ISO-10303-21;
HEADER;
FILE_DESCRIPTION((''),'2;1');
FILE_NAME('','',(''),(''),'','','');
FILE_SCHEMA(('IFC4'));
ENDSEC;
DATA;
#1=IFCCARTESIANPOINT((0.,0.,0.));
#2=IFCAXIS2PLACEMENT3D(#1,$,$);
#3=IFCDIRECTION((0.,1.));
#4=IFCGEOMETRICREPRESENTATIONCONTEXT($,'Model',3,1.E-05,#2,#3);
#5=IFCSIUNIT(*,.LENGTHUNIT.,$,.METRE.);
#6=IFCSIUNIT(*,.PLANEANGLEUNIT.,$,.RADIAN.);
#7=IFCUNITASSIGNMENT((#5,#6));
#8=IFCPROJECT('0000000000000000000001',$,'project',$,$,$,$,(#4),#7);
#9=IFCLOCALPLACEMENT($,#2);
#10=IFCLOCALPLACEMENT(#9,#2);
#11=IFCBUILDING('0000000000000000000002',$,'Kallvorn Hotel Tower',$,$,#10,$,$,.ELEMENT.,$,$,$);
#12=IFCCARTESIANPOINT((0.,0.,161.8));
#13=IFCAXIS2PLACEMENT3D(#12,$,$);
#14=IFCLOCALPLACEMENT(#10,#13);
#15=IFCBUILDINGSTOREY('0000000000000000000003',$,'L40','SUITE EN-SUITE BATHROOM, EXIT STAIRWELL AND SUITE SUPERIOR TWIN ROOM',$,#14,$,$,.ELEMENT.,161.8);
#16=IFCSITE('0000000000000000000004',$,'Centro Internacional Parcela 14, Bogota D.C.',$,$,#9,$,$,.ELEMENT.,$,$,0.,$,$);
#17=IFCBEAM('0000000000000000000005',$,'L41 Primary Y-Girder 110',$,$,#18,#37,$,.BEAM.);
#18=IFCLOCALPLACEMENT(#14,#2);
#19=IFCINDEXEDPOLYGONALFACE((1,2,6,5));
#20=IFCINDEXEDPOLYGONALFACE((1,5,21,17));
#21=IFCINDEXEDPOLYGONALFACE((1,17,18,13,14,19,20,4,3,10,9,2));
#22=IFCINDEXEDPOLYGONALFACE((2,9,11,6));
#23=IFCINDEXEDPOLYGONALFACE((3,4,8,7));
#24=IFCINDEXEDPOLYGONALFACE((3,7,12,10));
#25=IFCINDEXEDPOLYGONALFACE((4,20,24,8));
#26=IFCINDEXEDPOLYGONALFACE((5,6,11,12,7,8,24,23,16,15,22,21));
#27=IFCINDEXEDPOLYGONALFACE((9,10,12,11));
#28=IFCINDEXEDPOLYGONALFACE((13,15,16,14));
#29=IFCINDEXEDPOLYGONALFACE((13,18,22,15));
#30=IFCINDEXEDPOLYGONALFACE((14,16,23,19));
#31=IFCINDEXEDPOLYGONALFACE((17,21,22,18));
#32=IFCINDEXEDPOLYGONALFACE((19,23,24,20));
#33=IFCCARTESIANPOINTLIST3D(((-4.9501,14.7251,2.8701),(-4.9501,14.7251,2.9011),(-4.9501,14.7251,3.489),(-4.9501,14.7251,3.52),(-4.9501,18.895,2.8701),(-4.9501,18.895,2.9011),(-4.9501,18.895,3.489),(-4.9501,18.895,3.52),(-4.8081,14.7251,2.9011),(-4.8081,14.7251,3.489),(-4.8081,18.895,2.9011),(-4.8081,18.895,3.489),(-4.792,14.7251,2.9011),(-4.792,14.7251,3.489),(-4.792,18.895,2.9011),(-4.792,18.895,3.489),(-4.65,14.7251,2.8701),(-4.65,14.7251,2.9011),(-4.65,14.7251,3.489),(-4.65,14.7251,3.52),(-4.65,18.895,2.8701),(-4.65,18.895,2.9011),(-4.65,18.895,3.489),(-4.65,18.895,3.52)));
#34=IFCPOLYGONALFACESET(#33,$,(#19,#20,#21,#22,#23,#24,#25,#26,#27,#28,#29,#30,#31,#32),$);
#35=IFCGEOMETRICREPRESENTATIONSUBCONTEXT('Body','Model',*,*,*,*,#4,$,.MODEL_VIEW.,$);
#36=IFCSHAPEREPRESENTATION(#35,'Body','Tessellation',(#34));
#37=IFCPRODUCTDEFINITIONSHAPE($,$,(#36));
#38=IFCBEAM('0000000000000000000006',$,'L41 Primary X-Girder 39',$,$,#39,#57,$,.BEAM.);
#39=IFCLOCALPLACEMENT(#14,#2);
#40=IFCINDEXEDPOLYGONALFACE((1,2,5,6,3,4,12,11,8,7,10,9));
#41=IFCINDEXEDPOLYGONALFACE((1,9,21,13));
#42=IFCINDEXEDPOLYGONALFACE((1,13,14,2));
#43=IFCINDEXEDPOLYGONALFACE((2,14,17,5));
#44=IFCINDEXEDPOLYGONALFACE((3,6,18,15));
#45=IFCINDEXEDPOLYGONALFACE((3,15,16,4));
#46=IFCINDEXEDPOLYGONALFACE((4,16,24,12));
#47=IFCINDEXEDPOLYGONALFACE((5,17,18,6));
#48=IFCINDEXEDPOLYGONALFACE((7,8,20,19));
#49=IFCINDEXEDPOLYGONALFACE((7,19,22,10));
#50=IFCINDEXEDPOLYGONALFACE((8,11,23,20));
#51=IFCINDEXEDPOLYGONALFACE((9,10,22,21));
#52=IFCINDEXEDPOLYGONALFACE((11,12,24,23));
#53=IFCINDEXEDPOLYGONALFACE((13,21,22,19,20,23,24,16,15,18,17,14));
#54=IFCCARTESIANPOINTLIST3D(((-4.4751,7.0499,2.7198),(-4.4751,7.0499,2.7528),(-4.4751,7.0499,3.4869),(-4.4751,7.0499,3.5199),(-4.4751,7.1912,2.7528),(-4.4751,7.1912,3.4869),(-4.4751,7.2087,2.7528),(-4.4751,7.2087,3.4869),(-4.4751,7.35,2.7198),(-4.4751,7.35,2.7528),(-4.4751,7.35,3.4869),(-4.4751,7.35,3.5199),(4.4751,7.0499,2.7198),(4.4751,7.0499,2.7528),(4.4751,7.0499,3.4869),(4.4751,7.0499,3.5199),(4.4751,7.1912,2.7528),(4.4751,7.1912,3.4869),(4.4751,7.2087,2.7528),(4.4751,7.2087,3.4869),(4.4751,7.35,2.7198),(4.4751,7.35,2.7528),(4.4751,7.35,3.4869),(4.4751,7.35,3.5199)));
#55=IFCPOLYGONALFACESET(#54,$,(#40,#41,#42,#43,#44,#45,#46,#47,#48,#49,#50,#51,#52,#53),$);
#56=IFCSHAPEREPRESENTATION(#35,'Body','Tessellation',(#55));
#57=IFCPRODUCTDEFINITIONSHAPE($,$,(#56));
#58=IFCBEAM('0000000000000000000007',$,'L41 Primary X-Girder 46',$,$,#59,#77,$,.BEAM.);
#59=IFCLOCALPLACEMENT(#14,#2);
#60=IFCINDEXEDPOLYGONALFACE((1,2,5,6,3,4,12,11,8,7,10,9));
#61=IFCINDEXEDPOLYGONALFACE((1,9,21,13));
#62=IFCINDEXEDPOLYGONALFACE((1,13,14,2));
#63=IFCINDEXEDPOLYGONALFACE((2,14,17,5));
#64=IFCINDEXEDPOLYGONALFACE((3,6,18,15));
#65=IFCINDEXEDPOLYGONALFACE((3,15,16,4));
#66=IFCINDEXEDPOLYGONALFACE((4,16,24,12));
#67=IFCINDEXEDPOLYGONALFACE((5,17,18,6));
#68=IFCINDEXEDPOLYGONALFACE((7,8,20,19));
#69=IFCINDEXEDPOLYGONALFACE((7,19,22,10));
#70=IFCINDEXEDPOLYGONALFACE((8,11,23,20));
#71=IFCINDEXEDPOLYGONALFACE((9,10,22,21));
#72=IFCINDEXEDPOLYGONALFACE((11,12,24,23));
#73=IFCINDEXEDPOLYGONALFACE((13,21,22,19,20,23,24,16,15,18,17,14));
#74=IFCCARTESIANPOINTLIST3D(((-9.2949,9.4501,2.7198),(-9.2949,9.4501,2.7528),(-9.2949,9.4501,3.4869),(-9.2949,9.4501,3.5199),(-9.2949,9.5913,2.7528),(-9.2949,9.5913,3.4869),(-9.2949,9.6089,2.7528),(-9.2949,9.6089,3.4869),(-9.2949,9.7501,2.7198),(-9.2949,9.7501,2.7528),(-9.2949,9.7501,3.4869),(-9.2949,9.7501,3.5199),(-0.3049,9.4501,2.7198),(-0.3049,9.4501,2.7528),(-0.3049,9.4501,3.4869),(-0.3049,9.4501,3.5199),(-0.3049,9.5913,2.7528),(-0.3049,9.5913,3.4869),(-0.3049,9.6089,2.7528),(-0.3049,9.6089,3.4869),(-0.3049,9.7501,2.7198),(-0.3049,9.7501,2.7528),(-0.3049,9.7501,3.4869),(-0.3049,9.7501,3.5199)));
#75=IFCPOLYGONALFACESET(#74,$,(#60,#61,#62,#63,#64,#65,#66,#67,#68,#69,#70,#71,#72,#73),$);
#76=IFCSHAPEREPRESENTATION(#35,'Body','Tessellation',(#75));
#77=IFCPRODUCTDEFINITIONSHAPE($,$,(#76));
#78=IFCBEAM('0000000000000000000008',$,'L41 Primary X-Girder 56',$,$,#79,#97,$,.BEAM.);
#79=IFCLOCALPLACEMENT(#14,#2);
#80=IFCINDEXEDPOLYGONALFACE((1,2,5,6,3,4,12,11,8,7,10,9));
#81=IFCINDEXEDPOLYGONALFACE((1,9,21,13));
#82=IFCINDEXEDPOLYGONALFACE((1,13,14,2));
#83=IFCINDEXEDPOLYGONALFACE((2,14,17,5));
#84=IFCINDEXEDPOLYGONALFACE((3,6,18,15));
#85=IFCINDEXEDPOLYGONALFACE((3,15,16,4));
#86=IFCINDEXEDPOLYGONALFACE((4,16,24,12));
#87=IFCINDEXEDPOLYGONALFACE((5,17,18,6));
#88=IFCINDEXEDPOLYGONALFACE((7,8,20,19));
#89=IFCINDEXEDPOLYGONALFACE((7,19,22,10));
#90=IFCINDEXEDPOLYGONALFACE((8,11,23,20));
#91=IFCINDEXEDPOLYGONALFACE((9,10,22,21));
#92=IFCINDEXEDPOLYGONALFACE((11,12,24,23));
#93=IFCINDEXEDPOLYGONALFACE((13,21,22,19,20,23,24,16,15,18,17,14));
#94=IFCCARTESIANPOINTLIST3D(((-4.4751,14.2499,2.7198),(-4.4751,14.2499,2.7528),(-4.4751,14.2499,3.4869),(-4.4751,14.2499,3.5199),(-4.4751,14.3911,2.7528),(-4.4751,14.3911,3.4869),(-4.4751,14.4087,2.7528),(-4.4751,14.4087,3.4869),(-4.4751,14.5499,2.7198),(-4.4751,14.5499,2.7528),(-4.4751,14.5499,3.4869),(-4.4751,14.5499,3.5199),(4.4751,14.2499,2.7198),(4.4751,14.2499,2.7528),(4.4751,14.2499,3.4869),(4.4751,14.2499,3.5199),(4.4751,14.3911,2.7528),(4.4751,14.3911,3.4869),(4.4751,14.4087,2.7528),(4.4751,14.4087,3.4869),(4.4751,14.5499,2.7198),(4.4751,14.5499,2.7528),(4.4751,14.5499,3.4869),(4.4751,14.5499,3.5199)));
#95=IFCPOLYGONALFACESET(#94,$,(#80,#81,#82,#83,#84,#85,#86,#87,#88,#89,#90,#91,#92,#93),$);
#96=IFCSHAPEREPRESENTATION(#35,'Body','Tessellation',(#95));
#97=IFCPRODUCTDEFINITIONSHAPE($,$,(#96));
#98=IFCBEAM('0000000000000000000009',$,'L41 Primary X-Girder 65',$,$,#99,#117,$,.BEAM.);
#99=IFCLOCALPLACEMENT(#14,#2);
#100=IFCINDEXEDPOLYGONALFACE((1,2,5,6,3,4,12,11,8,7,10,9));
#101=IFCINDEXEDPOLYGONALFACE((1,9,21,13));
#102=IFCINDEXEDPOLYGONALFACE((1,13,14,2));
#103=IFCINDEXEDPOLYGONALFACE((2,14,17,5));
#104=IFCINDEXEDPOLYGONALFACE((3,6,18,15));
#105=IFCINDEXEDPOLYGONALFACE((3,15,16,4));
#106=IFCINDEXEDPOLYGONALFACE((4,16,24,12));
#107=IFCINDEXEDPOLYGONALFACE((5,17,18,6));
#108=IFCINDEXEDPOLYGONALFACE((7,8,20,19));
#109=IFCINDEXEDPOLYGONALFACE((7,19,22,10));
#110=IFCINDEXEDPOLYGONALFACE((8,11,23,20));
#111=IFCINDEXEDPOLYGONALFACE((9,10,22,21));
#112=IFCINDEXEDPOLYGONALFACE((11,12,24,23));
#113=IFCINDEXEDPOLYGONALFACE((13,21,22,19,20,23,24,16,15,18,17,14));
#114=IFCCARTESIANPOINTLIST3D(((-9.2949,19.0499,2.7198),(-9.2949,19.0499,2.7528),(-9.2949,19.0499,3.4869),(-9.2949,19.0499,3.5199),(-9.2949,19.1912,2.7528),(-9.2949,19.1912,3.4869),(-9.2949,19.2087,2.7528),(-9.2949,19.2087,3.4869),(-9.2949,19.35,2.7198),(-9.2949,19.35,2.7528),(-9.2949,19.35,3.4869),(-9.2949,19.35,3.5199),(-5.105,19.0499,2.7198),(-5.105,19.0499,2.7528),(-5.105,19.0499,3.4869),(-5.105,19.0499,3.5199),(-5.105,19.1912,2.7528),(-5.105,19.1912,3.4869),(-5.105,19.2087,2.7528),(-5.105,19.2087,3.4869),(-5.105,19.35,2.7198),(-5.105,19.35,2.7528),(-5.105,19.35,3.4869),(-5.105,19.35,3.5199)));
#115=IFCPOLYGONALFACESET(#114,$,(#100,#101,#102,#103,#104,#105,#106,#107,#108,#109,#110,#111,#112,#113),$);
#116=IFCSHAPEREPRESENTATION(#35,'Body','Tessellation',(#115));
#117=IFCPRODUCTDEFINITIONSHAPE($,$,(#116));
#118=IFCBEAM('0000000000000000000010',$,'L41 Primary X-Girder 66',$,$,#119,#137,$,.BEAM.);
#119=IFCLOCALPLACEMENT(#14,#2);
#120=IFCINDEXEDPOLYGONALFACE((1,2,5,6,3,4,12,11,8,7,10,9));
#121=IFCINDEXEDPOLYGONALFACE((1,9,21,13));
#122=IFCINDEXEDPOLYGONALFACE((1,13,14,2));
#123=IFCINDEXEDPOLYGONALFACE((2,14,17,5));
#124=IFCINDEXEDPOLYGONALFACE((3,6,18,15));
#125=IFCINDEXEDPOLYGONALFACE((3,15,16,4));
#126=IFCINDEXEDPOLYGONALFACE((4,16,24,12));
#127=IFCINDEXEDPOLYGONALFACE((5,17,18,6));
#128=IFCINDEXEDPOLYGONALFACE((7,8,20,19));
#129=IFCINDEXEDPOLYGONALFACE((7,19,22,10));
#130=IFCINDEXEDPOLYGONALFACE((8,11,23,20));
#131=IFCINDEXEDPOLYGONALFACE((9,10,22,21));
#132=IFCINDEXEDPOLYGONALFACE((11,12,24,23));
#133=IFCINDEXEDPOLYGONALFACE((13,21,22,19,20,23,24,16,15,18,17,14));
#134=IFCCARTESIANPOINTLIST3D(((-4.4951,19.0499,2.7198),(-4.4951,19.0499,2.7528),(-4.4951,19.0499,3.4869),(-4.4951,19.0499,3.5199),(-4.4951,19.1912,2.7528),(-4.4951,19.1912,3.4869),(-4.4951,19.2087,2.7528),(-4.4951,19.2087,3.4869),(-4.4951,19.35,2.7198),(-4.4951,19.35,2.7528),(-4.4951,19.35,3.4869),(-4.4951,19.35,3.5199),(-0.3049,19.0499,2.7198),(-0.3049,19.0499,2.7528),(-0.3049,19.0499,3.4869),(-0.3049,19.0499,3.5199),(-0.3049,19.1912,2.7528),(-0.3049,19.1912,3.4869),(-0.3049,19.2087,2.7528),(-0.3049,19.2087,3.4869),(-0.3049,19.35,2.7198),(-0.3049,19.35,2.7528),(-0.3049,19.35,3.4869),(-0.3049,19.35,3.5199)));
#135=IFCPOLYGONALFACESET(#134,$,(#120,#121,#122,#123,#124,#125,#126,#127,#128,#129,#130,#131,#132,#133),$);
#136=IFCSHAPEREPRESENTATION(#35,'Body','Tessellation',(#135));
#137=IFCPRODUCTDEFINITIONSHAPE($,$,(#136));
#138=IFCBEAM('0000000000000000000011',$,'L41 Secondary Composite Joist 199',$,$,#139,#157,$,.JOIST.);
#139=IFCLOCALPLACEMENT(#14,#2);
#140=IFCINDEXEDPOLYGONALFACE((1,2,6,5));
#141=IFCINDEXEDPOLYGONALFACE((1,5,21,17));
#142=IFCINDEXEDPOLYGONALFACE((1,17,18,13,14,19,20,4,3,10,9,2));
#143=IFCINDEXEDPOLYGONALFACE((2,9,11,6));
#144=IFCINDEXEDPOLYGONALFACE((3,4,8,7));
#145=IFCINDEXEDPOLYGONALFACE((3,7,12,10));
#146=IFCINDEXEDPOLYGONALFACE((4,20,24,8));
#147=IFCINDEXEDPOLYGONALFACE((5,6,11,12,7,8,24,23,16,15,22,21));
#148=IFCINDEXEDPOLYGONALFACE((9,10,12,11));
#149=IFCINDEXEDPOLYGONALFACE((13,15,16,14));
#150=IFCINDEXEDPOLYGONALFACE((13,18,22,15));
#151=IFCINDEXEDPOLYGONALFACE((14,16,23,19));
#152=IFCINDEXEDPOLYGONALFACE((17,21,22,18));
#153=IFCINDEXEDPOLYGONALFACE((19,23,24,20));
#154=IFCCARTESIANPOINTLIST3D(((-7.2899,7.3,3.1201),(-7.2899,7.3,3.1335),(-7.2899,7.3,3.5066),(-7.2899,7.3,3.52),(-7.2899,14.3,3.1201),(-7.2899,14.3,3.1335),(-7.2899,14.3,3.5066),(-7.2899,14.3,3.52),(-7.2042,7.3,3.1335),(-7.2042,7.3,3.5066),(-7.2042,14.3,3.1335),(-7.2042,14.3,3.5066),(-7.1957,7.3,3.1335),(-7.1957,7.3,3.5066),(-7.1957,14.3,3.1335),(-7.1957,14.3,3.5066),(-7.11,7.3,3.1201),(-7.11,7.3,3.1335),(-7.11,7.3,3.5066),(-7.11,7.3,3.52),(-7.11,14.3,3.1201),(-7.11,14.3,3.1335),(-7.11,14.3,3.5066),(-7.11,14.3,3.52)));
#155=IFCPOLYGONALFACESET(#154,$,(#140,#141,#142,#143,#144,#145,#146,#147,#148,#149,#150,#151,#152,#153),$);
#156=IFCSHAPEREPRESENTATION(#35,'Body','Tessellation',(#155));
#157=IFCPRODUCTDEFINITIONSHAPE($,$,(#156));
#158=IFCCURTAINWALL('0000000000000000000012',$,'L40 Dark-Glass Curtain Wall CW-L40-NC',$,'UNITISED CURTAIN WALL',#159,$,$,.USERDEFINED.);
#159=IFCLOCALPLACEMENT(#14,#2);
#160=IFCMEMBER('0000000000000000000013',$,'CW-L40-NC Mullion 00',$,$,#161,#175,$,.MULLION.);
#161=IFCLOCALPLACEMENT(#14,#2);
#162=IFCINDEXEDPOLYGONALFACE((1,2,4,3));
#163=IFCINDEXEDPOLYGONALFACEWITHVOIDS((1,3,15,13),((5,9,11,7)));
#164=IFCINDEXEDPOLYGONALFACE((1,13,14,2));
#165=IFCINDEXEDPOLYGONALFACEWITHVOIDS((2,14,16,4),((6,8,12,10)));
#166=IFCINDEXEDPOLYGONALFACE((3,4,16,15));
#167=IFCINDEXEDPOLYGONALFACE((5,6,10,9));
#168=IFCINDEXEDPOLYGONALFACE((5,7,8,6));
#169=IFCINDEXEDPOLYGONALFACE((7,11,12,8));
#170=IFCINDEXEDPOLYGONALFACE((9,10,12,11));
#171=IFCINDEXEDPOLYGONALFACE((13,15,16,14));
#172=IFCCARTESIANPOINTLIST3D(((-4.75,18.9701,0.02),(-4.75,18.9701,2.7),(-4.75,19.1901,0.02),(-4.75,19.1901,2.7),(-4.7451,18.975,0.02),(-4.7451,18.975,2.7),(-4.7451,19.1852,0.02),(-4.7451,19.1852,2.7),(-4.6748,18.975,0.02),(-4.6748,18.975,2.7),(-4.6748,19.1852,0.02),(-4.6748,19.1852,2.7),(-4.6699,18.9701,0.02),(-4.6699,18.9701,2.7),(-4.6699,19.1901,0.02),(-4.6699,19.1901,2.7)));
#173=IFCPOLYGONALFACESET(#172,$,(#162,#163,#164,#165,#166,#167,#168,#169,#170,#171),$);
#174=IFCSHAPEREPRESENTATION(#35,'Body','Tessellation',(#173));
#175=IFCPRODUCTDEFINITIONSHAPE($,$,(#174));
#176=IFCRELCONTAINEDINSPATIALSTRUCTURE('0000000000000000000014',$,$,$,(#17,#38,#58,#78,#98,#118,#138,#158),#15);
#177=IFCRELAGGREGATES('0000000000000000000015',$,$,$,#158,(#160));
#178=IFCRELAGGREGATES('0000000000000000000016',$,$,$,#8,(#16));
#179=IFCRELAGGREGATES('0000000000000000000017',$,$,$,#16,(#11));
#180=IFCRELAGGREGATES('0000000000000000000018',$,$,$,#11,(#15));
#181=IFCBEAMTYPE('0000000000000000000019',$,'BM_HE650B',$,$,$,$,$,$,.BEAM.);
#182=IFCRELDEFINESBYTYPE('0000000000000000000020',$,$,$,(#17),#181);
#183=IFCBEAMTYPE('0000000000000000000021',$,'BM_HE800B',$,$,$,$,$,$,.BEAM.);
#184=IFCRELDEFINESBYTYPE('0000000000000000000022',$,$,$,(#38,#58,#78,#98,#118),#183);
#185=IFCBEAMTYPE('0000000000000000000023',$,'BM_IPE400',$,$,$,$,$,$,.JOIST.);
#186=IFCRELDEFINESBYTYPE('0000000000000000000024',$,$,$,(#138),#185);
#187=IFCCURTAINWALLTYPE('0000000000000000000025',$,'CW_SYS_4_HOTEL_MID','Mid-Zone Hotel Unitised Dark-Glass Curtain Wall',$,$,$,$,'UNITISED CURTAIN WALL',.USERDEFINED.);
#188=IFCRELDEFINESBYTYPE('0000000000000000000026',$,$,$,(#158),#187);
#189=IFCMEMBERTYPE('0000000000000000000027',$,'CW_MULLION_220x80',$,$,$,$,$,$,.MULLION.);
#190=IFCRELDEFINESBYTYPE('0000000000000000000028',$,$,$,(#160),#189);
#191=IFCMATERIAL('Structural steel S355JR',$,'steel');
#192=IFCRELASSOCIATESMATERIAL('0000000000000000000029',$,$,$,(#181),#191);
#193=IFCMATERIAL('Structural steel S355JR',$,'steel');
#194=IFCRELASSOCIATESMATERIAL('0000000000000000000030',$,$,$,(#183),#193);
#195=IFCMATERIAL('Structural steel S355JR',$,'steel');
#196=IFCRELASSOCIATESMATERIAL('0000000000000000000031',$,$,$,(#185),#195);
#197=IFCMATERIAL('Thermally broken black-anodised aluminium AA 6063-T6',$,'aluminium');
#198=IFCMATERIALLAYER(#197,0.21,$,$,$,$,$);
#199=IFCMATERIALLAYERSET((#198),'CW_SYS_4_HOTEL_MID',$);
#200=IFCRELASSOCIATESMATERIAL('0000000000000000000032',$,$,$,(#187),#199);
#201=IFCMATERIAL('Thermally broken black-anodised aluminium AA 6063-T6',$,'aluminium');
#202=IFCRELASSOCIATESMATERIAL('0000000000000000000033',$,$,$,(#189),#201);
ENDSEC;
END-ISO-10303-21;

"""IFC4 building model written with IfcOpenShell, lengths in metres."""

from ifc_helpers import new_model, si_unit, direction, frame, origin, origin_2d, place, context, subcontext, project, spatial, hollow_rectangle, i_section, extrude, material, layer, layer_set, material_profile, profile_set, type_object, element, aggregate, save


model = new_model("IFC4")

# Units and contexts
model_context = context("Model", 3, precision=1e-05, world=origin(), true_north=direction((0.0, 1.0)))
body_context = subcontext(model_context, "Body", "Model", "MODEL_VIEW")
ifc_project = project(units=[si_unit("LENGTHUNIT", "METRE"), si_unit("PLANEANGLEUNIT", "RADIAN")], contexts=[model_context])

# Site, building, storey
site_placement = place(None, origin())
site = spatial("IfcSite", under=ifc_project, at=site_placement, Name="Centro Internacional Parcela 14, Bogota D.C.", CompositionType="ELEMENT", RefElevation=0.0)
building_placement = place(site_placement, origin())
building = spatial("IfcBuilding", under=site, at=building_placement, Name="Kallvorn Hotel Tower", CompositionType="ELEMENT")
storey_placement = place(building_placement, frame((0.0, 0.0, 161.8)))
storey = spatial("IfcBuildingStorey", under=building, at=storey_placement, Name="L40", Description="SUITE EN-SUITE BATHROOM, EXIT STAIRWELL AND SUITE SUPERIOR TWIN ROOM", CompositionType="ELEMENT", Elevation=161.8)

# Beams
ifc_material_1 = material(Name="Structural steel S355JR", Category="steel")
ifc_material_profile_1 = material_profile(ifc_material_1, i_section(OverallWidth=0.3, OverallDepth=0.6499, WebThickness=0.0161, FlangeThickness=0.031, at=origin_2d()), Name="HE 650 B")
ifc_profile_set_1 = profile_set([ifc_material_profile_1], Name="Structural steel S355JR")
beam_type_1 = type_object("IfcBeamType", Name="BM_HE650B", PredefinedType="BEAM", material=ifc_profile_set_1)
beam_1_placement = place(storey_placement, frame((-4.8, 14.7251, 3.1951), z_axis=(0.0, 1.0, 0.0), x_axis=(-1.0, 0.0, 0.0)))
element("IfcBeam", 1, at=beam_1_placement, inside=storey, type_object=beam_type_1, Name="L41 Primary Y-Girder 110", PredefinedType="BEAM", context=body_context, shape_type="SweptSolid", body=[
    extrude(i_section(OverallWidth=0.3, OverallDepth=0.6499, WebThickness=0.0161, FlangeThickness=0.031, at=origin_2d()), origin(), (0.0, 0.0, 1.0), 4.1699),
])
ifc_material_2 = material(Name="Structural steel S355JR", Category="steel")
ifc_material_profile_2 = material_profile(ifc_material_2, i_section(OverallWidth=0.3, OverallDepth=0.8, WebThickness=0.0176, FlangeThickness=0.033, at=origin_2d()), Name="HE 800 B")
ifc_profile_set_2 = profile_set([ifc_material_profile_2], Name="Structural steel S355JR")
beam_type_2 = type_object("IfcBeamType", Name="BM_HE800B", PredefinedType="BEAM", material=ifc_profile_set_2)
beam_2_placement = place(storey_placement, frame((-4.4751, 7.2, 3.1199), z_axis=(1.0, 0.0, 0.0), x_axis=(0.0, 1.0, 0.0)))
element("IfcBeam", 2, at=beam_2_placement, inside=storey, type_object=beam_type_2, Name="L41 Primary X-Girder 39", PredefinedType="BEAM", context=body_context, shape_type="SweptSolid", body=[
    extrude(i_section(OverallWidth=0.3, OverallDepth=0.8, WebThickness=0.0176, FlangeThickness=0.033, at=origin_2d()), origin(), (0.0, 0.0, 1.0), 8.9502),
])
beam_3_placement = place(storey_placement, frame((-9.2949, 9.6001, 3.1199), z_axis=(1.0, 0.0, 0.0), x_axis=(0.0, 1.0, 0.0)))
element("IfcBeam", 3, at=beam_3_placement, inside=storey, type_object=beam_type_2, Name="L41 Primary X-Girder 46", PredefinedType="BEAM", context=body_context, shape_type="SweptSolid", body=[
    extrude(i_section(OverallWidth=0.3, OverallDepth=0.8, WebThickness=0.0176, FlangeThickness=0.033, at=origin_2d()), origin(), (0.0, 0.0, 1.0), 8.99),
])
beam_4_placement = place(storey_placement, frame((-4.4751, 14.3999, 3.1199), z_axis=(1.0, 0.0, 0.0), x_axis=(0.0, 1.0, 0.0)))
element("IfcBeam", 4, at=beam_4_placement, inside=storey, type_object=beam_type_2, Name="L41 Primary X-Girder 56", PredefinedType="BEAM", context=body_context, shape_type="SweptSolid", body=[
    extrude(i_section(OverallWidth=0.3, OverallDepth=0.8, WebThickness=0.0176, FlangeThickness=0.033, at=origin_2d()), origin(), (0.0, 0.0, 1.0), 8.9502),
])
beam_5_placement = place(storey_placement, frame((-9.2949, 19.2, 3.1199), z_axis=(1.0, 0.0, 0.0), x_axis=(0.0, 1.0, 0.0)))
element("IfcBeam", 5, at=beam_5_placement, inside=storey, type_object=beam_type_2, Name="L41 Primary X-Girder 65", PredefinedType="BEAM", context=body_context, shape_type="SweptSolid", body=[
    extrude(i_section(OverallWidth=0.3, OverallDepth=0.8, WebThickness=0.0176, FlangeThickness=0.033, at=origin_2d()), origin(), (0.0, 0.0, 1.0), 4.1899),
])
beam_6_placement = place(storey_placement, frame((-4.4951, 19.2, 3.1199), z_axis=(1.0, 0.0, 0.0), x_axis=(0.0, 1.0, 0.0)))
element("IfcBeam", 6, at=beam_6_placement, inside=storey, type_object=beam_type_2, Name="L41 Primary X-Girder 66", PredefinedType="BEAM", context=body_context, shape_type="SweptSolid", body=[
    extrude(i_section(OverallWidth=0.3, OverallDepth=0.8, WebThickness=0.0176, FlangeThickness=0.033, at=origin_2d()), origin(), (0.0, 0.0, 1.0), 4.1902),
])
ifc_material_3 = material(Name="Structural steel S355JR", Category="steel")
ifc_material_profile_3 = material_profile(ifc_material_3, i_section(OverallWidth=0.1799, OverallDepth=0.3999, WebThickness=0.0085, FlangeThickness=0.0134, at=origin_2d()), Name="IPE 400")
ifc_profile_set_3 = profile_set([ifc_material_profile_3], Name="Structural steel S355JR")
beam_type_3 = type_object("IfcBeamType", Name="BM_IPE400", PredefinedType="JOIST", material=ifc_profile_set_3)
beam_7_placement = place(storey_placement, frame((-7.2, 7.3, 3.3201), z_axis=(0.0, 1.0, 0.0), x_axis=(-1.0, 0.0, 0.0)))
element("IfcBeam", 7, at=beam_7_placement, inside=storey, type_object=beam_type_3, Name="L41 Secondary Composite Joist 199", PredefinedType="JOIST", context=body_context, shape_type="SweptSolid", body=[
    extrude(i_section(OverallWidth=0.1799, OverallDepth=0.3999, WebThickness=0.0085, FlangeThickness=0.0134, at=origin_2d()), origin(), (0.0, 0.0, 1.0), 7.0),
])

# Curtain wall, member
ifc_material_4 = material(Name="Thermally broken black-anodised aluminium AA 6063-T6", Category="aluminium")
ifc_layer_1 = layer(ifc_material_4, 0.21)
ifc_layer_set_1 = layer_set([ifc_layer_1], Name="CW_SYS_4_HOTEL_MID")
curtain_wall_type = type_object("IfcCurtainWallType", Name="CW_SYS_4_HOTEL_MID", Description="Mid-Zone Hotel Unitised Dark-Glass Curtain Wall", ElementType="UNITISED CURTAIN WALL", PredefinedType="USERDEFINED", material=ifc_layer_set_1)
curtain_wall_placement = place(storey_placement, origin())
curtain_wall = element("IfcCurtainWall", 8, at=curtain_wall_placement, inside=storey, type_object=curtain_wall_type, Name="L40 Dark-Glass Curtain Wall CW-L40-NC", ObjectType="UNITISED CURTAIN WALL", PredefinedType="USERDEFINED")
ifc_material_5 = material(Name="Thermally broken black-anodised aluminium AA 6063-T6", Category="aluminium")
ifc_material_profile_4 = material_profile(ifc_material_5, hollow_rectangle(XDim=0.0801, YDim=0.22, WallThickness=0.0049, at=origin_2d()), Name="MUL 220x80")
ifc_profile_set_4 = profile_set([ifc_material_profile_4], Name="Thermally broken black-anodised aluminium AA 6063-T6")
member_type_1 = type_object("IfcMemberType", Name="CW_MULLION_220x80", PredefinedType="MULLION", material=ifc_profile_set_4)
member_1_placement = place(storey_placement, frame((-4.71, 19.0801, 0.02), z_axis=(0.0, 0.0, 1.0), x_axis=(1.0, 0.0, 0.0)))
member_1 = element("IfcMember", 9, at=member_1_placement, type_object=member_type_1, Name="CW-L40-NC Mullion 00", PredefinedType="MULLION", context=body_context, shape_type="SweptSolid", body=[
    extrude(hollow_rectangle(XDim=0.0801, YDim=0.22, WallThickness=0.0049, at=origin_2d()), origin(), (0.0, 0.0, 1.0), 2.6799),
])
aggregate(curtain_wall, [member_1])

save(model, "model.ifc")
